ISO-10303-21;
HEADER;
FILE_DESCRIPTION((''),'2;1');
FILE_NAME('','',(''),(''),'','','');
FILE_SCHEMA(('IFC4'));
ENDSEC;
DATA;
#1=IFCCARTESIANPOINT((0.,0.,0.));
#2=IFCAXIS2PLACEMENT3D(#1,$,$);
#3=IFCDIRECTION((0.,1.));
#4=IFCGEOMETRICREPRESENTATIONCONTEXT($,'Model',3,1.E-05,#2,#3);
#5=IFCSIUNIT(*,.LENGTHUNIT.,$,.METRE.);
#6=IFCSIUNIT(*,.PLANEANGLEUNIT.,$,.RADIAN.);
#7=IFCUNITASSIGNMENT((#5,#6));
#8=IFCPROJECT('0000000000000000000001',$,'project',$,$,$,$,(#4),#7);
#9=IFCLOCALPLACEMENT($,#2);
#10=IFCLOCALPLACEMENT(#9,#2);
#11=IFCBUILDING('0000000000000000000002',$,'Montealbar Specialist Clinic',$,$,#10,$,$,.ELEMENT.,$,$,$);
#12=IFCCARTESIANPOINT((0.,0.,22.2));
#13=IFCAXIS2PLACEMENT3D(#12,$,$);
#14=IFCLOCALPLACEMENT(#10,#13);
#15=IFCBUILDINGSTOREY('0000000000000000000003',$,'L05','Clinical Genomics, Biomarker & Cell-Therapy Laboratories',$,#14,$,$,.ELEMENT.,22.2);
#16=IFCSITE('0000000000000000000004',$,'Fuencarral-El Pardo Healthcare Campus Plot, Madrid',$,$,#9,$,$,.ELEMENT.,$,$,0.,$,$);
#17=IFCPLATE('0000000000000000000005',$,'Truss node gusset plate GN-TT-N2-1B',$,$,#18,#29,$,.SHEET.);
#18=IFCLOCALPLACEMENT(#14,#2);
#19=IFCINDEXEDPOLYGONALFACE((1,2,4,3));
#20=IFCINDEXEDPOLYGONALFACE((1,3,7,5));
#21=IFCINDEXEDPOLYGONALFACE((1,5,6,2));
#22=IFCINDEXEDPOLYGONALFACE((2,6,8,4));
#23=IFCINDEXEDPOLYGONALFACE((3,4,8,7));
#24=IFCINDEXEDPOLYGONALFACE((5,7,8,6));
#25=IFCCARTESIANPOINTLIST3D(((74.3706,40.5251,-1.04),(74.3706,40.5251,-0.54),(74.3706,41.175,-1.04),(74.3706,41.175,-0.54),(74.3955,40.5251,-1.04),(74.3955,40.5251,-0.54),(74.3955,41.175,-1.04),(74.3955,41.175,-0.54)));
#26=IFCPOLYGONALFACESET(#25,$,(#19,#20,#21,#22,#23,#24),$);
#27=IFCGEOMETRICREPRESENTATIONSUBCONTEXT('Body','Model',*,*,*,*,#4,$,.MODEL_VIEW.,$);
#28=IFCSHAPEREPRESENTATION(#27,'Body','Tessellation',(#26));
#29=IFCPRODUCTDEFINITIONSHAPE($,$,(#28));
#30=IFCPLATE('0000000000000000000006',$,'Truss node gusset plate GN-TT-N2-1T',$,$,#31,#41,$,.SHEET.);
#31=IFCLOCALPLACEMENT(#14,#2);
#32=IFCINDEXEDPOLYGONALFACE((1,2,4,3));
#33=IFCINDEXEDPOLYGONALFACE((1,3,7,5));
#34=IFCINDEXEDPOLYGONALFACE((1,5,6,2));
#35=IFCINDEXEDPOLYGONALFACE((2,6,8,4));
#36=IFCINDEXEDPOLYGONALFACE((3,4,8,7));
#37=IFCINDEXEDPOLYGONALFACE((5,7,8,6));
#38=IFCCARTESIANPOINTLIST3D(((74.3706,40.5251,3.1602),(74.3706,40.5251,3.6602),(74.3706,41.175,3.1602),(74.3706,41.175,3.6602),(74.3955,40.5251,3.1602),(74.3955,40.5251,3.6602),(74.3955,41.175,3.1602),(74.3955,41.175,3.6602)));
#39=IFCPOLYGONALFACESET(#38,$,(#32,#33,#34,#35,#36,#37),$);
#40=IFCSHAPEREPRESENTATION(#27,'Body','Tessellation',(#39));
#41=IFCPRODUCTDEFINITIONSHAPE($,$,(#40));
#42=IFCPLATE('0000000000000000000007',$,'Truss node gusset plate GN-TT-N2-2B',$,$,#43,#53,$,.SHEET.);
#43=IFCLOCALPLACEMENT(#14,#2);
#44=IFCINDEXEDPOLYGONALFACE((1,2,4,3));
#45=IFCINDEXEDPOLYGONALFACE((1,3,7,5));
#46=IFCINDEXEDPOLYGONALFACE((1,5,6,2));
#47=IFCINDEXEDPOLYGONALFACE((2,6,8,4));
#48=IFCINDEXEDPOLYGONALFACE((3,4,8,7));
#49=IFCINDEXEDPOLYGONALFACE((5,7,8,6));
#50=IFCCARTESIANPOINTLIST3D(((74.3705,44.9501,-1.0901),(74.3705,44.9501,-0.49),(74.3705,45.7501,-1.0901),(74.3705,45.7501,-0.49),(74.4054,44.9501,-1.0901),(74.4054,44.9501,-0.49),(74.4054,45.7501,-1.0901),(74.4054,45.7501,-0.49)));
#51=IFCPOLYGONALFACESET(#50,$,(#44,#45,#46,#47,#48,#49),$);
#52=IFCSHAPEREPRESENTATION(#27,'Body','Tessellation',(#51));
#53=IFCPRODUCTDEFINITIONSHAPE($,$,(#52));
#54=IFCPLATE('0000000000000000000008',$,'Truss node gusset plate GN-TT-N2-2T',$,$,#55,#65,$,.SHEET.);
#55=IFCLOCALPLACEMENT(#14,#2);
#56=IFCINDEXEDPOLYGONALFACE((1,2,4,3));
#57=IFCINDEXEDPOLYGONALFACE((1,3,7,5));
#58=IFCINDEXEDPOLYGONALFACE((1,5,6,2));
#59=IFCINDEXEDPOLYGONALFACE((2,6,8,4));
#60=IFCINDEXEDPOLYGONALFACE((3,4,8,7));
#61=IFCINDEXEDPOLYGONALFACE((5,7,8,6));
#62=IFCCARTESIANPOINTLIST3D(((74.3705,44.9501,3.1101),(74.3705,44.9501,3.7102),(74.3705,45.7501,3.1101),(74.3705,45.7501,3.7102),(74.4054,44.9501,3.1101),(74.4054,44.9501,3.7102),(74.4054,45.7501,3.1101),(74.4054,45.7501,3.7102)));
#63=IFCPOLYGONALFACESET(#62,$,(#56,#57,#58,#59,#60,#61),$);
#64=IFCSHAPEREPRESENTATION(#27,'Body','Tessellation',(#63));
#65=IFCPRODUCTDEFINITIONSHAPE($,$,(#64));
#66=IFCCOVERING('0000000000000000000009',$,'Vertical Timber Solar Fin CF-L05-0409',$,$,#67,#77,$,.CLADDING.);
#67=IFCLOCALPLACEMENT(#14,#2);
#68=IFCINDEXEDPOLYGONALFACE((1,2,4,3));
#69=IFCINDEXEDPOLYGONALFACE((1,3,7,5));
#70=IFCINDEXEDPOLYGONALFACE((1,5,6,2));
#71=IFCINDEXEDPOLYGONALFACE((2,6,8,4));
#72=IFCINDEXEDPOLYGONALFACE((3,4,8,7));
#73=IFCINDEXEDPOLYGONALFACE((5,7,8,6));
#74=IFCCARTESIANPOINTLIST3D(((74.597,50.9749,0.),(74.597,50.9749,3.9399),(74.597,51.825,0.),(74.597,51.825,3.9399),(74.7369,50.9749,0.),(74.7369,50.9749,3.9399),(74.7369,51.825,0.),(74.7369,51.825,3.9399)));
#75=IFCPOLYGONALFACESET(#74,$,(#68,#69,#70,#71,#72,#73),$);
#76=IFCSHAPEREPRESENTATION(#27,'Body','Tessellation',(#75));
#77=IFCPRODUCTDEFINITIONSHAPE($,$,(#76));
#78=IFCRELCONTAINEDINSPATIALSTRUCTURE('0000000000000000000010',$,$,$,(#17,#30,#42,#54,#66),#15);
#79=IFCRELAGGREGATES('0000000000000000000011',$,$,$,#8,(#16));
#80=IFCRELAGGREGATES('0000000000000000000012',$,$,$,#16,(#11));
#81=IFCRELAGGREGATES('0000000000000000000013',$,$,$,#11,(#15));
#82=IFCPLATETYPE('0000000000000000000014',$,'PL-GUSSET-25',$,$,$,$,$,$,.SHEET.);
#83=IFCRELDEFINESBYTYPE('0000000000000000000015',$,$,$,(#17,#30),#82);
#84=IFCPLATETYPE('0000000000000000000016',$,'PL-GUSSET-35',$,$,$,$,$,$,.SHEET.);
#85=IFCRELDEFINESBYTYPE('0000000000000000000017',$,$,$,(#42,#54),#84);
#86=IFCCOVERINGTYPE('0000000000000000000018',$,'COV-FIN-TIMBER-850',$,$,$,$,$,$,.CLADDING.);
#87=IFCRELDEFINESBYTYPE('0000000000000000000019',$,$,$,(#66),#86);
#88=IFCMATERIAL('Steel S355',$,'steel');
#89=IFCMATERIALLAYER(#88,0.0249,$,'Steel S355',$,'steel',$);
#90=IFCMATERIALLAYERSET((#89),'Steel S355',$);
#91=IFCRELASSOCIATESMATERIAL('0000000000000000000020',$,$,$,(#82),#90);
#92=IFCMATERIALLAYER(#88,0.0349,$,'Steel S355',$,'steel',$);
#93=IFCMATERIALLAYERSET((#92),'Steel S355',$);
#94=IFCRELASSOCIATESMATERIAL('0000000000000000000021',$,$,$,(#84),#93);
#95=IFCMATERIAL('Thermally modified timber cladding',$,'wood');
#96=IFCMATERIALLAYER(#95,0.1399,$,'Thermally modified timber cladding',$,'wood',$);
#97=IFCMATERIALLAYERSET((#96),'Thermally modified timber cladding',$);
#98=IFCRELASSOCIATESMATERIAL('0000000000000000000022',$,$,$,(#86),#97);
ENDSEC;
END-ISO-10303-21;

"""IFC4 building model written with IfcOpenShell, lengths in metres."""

from ifc_helpers import new_model, si_unit, direction, frame, origin, origin_2d, place, context, subcontext, project, spatial, rectangle, extrude, material, layer, layer_set, type_object, element, save


model = new_model("IFC4")

# Units and contexts
model_context = context("Model", 3, precision=1e-05, world=origin(), true_north=direction((0.0, 1.0)))
body_context = subcontext(model_context, "Body", "Model", "MODEL_VIEW")
ifc_project = project(units=[si_unit("LENGTHUNIT", "METRE"), si_unit("PLANEANGLEUNIT", "RADIAN")], contexts=[model_context])

# Site, building, storey
site_placement = place(None, origin())
site = spatial("IfcSite", under=ifc_project, at=site_placement, Name="Fuencarral-El Pardo Healthcare Campus Plot, Madrid", CompositionType="ELEMENT", RefElevation=0.0)
building_placement = place(site_placement, origin())
building = spatial("IfcBuilding", under=site, at=building_placement, Name="Montealbar Specialist Clinic", CompositionType="ELEMENT")
storey_placement = place(building_placement, frame((0.0, 0.0, 22.2)))
storey = spatial("IfcBuildingStorey", under=building, at=storey_placement, Name="L05", Description="Clinical Genomics, Biomarker & Cell-Therapy Laboratories", CompositionType="ELEMENT", Elevation=22.2)

# Shared definitions
ifc_material_1 = material(Name="Steel S355", Category="steel")

# Plates
ifc_layer_1 = layer(ifc_material_1, 0.0249, Name="Steel S355", Category="steel")
ifc_layer_set_1 = layer_set([ifc_layer_1], Name="Steel S355")
plate_type_1 = type_object("IfcPlateType", Name="PL-GUSSET-25", PredefinedType="SHEET", material=ifc_layer_set_1)
for number, where, z_axis, x_axis, name in (
    (1, (74.3831, 40.8501, -1.04), (0.0, 0.0, 1.0), (0.0, 1.0, 0.0), "Truss node gusset plate GN-TT-N2-1B"),
    (2, (74.3831, 40.8501, 3.1602), (0.0, 0.0, 1.0), (0.0, 1.0, 0.0), "Truss node gusset plate GN-TT-N2-1T"),
):
    element("IfcPlate", number, at=place(storey_placement, frame(where, z_axis=z_axis, x_axis=x_axis)), inside=storey, type_object=plate_type_1, Name=name, PredefinedType="SHEET", context=body_context, shape_type="SweptSolid", body=[
        extrude(rectangle(XDim=0.6499, YDim=0.0249, at=origin_2d()), origin(), (0.0, 0.0, 1.0), 0.5),
    ])
ifc_layer_2 = layer(ifc_material_1, 0.0349, Name="Steel S355", Category="steel")
ifc_layer_set_2 = layer_set([ifc_layer_2], Name="Steel S355")
plate_type_2 = type_object("IfcPlateType", Name="PL-GUSSET-35", PredefinedType="SHEET", material=ifc_layer_set_2)
for number, where, z_axis, x_axis, name in (
    (3, (74.3879, 45.3501, -1.0901), (0.0, 0.0, 1.0), (0.0, 1.0, 0.0), "Truss node gusset plate GN-TT-N2-2B"),
    (4, (74.3879, 45.3501, 3.1101), (0.0, 0.0, 1.0), (0.0, 1.0, 0.0), "Truss node gusset plate GN-TT-N2-2T"),
):
    element("IfcPlate", number, at=place(storey_placement, frame(where, z_axis=z_axis, x_axis=x_axis)), inside=storey, type_object=plate_type_2, Name=name, PredefinedType="SHEET", context=body_context, shape_type="SweptSolid", body=[
        extrude(rectangle(XDim=0.8, YDim=0.0349, at=origin_2d()), origin(), (0.0, 0.0, 1.0), 0.6001),
    ])

# Covering
ifc_material_2 = material(Name="Thermally modified timber cladding", Category="wood")
ifc_layer_3 = layer(ifc_material_2, 0.1399, Name="Thermally modified timber cladding", Category="wood")
ifc_layer_set_3 = layer_set([ifc_layer_3], Name="Thermally modified timber cladding")
covering_type = type_object("IfcCoveringType", Name="COV-FIN-TIMBER-850", PredefinedType="CLADDING", material=ifc_layer_set_3)
covering_placement = place(storey_placement, frame((74.667, 51.3999, 0.0), z_axis=(0.0, 0.0, 1.0), x_axis=(0.0, 1.0, 0.0)))
element("IfcCovering", 5, at=covering_placement, inside=storey, type_object=covering_type, Name="Vertical Timber Solar Fin CF-L05-0409", PredefinedType="CLADDING", context=body_context, shape_type="SweptSolid", body=[
    extrude(rectangle(XDim=0.8501, YDim=0.1399, at=origin_2d()), origin(), (0.0, 0.0, 1.0), 3.9399),
])

save(model, "model.ifc")
